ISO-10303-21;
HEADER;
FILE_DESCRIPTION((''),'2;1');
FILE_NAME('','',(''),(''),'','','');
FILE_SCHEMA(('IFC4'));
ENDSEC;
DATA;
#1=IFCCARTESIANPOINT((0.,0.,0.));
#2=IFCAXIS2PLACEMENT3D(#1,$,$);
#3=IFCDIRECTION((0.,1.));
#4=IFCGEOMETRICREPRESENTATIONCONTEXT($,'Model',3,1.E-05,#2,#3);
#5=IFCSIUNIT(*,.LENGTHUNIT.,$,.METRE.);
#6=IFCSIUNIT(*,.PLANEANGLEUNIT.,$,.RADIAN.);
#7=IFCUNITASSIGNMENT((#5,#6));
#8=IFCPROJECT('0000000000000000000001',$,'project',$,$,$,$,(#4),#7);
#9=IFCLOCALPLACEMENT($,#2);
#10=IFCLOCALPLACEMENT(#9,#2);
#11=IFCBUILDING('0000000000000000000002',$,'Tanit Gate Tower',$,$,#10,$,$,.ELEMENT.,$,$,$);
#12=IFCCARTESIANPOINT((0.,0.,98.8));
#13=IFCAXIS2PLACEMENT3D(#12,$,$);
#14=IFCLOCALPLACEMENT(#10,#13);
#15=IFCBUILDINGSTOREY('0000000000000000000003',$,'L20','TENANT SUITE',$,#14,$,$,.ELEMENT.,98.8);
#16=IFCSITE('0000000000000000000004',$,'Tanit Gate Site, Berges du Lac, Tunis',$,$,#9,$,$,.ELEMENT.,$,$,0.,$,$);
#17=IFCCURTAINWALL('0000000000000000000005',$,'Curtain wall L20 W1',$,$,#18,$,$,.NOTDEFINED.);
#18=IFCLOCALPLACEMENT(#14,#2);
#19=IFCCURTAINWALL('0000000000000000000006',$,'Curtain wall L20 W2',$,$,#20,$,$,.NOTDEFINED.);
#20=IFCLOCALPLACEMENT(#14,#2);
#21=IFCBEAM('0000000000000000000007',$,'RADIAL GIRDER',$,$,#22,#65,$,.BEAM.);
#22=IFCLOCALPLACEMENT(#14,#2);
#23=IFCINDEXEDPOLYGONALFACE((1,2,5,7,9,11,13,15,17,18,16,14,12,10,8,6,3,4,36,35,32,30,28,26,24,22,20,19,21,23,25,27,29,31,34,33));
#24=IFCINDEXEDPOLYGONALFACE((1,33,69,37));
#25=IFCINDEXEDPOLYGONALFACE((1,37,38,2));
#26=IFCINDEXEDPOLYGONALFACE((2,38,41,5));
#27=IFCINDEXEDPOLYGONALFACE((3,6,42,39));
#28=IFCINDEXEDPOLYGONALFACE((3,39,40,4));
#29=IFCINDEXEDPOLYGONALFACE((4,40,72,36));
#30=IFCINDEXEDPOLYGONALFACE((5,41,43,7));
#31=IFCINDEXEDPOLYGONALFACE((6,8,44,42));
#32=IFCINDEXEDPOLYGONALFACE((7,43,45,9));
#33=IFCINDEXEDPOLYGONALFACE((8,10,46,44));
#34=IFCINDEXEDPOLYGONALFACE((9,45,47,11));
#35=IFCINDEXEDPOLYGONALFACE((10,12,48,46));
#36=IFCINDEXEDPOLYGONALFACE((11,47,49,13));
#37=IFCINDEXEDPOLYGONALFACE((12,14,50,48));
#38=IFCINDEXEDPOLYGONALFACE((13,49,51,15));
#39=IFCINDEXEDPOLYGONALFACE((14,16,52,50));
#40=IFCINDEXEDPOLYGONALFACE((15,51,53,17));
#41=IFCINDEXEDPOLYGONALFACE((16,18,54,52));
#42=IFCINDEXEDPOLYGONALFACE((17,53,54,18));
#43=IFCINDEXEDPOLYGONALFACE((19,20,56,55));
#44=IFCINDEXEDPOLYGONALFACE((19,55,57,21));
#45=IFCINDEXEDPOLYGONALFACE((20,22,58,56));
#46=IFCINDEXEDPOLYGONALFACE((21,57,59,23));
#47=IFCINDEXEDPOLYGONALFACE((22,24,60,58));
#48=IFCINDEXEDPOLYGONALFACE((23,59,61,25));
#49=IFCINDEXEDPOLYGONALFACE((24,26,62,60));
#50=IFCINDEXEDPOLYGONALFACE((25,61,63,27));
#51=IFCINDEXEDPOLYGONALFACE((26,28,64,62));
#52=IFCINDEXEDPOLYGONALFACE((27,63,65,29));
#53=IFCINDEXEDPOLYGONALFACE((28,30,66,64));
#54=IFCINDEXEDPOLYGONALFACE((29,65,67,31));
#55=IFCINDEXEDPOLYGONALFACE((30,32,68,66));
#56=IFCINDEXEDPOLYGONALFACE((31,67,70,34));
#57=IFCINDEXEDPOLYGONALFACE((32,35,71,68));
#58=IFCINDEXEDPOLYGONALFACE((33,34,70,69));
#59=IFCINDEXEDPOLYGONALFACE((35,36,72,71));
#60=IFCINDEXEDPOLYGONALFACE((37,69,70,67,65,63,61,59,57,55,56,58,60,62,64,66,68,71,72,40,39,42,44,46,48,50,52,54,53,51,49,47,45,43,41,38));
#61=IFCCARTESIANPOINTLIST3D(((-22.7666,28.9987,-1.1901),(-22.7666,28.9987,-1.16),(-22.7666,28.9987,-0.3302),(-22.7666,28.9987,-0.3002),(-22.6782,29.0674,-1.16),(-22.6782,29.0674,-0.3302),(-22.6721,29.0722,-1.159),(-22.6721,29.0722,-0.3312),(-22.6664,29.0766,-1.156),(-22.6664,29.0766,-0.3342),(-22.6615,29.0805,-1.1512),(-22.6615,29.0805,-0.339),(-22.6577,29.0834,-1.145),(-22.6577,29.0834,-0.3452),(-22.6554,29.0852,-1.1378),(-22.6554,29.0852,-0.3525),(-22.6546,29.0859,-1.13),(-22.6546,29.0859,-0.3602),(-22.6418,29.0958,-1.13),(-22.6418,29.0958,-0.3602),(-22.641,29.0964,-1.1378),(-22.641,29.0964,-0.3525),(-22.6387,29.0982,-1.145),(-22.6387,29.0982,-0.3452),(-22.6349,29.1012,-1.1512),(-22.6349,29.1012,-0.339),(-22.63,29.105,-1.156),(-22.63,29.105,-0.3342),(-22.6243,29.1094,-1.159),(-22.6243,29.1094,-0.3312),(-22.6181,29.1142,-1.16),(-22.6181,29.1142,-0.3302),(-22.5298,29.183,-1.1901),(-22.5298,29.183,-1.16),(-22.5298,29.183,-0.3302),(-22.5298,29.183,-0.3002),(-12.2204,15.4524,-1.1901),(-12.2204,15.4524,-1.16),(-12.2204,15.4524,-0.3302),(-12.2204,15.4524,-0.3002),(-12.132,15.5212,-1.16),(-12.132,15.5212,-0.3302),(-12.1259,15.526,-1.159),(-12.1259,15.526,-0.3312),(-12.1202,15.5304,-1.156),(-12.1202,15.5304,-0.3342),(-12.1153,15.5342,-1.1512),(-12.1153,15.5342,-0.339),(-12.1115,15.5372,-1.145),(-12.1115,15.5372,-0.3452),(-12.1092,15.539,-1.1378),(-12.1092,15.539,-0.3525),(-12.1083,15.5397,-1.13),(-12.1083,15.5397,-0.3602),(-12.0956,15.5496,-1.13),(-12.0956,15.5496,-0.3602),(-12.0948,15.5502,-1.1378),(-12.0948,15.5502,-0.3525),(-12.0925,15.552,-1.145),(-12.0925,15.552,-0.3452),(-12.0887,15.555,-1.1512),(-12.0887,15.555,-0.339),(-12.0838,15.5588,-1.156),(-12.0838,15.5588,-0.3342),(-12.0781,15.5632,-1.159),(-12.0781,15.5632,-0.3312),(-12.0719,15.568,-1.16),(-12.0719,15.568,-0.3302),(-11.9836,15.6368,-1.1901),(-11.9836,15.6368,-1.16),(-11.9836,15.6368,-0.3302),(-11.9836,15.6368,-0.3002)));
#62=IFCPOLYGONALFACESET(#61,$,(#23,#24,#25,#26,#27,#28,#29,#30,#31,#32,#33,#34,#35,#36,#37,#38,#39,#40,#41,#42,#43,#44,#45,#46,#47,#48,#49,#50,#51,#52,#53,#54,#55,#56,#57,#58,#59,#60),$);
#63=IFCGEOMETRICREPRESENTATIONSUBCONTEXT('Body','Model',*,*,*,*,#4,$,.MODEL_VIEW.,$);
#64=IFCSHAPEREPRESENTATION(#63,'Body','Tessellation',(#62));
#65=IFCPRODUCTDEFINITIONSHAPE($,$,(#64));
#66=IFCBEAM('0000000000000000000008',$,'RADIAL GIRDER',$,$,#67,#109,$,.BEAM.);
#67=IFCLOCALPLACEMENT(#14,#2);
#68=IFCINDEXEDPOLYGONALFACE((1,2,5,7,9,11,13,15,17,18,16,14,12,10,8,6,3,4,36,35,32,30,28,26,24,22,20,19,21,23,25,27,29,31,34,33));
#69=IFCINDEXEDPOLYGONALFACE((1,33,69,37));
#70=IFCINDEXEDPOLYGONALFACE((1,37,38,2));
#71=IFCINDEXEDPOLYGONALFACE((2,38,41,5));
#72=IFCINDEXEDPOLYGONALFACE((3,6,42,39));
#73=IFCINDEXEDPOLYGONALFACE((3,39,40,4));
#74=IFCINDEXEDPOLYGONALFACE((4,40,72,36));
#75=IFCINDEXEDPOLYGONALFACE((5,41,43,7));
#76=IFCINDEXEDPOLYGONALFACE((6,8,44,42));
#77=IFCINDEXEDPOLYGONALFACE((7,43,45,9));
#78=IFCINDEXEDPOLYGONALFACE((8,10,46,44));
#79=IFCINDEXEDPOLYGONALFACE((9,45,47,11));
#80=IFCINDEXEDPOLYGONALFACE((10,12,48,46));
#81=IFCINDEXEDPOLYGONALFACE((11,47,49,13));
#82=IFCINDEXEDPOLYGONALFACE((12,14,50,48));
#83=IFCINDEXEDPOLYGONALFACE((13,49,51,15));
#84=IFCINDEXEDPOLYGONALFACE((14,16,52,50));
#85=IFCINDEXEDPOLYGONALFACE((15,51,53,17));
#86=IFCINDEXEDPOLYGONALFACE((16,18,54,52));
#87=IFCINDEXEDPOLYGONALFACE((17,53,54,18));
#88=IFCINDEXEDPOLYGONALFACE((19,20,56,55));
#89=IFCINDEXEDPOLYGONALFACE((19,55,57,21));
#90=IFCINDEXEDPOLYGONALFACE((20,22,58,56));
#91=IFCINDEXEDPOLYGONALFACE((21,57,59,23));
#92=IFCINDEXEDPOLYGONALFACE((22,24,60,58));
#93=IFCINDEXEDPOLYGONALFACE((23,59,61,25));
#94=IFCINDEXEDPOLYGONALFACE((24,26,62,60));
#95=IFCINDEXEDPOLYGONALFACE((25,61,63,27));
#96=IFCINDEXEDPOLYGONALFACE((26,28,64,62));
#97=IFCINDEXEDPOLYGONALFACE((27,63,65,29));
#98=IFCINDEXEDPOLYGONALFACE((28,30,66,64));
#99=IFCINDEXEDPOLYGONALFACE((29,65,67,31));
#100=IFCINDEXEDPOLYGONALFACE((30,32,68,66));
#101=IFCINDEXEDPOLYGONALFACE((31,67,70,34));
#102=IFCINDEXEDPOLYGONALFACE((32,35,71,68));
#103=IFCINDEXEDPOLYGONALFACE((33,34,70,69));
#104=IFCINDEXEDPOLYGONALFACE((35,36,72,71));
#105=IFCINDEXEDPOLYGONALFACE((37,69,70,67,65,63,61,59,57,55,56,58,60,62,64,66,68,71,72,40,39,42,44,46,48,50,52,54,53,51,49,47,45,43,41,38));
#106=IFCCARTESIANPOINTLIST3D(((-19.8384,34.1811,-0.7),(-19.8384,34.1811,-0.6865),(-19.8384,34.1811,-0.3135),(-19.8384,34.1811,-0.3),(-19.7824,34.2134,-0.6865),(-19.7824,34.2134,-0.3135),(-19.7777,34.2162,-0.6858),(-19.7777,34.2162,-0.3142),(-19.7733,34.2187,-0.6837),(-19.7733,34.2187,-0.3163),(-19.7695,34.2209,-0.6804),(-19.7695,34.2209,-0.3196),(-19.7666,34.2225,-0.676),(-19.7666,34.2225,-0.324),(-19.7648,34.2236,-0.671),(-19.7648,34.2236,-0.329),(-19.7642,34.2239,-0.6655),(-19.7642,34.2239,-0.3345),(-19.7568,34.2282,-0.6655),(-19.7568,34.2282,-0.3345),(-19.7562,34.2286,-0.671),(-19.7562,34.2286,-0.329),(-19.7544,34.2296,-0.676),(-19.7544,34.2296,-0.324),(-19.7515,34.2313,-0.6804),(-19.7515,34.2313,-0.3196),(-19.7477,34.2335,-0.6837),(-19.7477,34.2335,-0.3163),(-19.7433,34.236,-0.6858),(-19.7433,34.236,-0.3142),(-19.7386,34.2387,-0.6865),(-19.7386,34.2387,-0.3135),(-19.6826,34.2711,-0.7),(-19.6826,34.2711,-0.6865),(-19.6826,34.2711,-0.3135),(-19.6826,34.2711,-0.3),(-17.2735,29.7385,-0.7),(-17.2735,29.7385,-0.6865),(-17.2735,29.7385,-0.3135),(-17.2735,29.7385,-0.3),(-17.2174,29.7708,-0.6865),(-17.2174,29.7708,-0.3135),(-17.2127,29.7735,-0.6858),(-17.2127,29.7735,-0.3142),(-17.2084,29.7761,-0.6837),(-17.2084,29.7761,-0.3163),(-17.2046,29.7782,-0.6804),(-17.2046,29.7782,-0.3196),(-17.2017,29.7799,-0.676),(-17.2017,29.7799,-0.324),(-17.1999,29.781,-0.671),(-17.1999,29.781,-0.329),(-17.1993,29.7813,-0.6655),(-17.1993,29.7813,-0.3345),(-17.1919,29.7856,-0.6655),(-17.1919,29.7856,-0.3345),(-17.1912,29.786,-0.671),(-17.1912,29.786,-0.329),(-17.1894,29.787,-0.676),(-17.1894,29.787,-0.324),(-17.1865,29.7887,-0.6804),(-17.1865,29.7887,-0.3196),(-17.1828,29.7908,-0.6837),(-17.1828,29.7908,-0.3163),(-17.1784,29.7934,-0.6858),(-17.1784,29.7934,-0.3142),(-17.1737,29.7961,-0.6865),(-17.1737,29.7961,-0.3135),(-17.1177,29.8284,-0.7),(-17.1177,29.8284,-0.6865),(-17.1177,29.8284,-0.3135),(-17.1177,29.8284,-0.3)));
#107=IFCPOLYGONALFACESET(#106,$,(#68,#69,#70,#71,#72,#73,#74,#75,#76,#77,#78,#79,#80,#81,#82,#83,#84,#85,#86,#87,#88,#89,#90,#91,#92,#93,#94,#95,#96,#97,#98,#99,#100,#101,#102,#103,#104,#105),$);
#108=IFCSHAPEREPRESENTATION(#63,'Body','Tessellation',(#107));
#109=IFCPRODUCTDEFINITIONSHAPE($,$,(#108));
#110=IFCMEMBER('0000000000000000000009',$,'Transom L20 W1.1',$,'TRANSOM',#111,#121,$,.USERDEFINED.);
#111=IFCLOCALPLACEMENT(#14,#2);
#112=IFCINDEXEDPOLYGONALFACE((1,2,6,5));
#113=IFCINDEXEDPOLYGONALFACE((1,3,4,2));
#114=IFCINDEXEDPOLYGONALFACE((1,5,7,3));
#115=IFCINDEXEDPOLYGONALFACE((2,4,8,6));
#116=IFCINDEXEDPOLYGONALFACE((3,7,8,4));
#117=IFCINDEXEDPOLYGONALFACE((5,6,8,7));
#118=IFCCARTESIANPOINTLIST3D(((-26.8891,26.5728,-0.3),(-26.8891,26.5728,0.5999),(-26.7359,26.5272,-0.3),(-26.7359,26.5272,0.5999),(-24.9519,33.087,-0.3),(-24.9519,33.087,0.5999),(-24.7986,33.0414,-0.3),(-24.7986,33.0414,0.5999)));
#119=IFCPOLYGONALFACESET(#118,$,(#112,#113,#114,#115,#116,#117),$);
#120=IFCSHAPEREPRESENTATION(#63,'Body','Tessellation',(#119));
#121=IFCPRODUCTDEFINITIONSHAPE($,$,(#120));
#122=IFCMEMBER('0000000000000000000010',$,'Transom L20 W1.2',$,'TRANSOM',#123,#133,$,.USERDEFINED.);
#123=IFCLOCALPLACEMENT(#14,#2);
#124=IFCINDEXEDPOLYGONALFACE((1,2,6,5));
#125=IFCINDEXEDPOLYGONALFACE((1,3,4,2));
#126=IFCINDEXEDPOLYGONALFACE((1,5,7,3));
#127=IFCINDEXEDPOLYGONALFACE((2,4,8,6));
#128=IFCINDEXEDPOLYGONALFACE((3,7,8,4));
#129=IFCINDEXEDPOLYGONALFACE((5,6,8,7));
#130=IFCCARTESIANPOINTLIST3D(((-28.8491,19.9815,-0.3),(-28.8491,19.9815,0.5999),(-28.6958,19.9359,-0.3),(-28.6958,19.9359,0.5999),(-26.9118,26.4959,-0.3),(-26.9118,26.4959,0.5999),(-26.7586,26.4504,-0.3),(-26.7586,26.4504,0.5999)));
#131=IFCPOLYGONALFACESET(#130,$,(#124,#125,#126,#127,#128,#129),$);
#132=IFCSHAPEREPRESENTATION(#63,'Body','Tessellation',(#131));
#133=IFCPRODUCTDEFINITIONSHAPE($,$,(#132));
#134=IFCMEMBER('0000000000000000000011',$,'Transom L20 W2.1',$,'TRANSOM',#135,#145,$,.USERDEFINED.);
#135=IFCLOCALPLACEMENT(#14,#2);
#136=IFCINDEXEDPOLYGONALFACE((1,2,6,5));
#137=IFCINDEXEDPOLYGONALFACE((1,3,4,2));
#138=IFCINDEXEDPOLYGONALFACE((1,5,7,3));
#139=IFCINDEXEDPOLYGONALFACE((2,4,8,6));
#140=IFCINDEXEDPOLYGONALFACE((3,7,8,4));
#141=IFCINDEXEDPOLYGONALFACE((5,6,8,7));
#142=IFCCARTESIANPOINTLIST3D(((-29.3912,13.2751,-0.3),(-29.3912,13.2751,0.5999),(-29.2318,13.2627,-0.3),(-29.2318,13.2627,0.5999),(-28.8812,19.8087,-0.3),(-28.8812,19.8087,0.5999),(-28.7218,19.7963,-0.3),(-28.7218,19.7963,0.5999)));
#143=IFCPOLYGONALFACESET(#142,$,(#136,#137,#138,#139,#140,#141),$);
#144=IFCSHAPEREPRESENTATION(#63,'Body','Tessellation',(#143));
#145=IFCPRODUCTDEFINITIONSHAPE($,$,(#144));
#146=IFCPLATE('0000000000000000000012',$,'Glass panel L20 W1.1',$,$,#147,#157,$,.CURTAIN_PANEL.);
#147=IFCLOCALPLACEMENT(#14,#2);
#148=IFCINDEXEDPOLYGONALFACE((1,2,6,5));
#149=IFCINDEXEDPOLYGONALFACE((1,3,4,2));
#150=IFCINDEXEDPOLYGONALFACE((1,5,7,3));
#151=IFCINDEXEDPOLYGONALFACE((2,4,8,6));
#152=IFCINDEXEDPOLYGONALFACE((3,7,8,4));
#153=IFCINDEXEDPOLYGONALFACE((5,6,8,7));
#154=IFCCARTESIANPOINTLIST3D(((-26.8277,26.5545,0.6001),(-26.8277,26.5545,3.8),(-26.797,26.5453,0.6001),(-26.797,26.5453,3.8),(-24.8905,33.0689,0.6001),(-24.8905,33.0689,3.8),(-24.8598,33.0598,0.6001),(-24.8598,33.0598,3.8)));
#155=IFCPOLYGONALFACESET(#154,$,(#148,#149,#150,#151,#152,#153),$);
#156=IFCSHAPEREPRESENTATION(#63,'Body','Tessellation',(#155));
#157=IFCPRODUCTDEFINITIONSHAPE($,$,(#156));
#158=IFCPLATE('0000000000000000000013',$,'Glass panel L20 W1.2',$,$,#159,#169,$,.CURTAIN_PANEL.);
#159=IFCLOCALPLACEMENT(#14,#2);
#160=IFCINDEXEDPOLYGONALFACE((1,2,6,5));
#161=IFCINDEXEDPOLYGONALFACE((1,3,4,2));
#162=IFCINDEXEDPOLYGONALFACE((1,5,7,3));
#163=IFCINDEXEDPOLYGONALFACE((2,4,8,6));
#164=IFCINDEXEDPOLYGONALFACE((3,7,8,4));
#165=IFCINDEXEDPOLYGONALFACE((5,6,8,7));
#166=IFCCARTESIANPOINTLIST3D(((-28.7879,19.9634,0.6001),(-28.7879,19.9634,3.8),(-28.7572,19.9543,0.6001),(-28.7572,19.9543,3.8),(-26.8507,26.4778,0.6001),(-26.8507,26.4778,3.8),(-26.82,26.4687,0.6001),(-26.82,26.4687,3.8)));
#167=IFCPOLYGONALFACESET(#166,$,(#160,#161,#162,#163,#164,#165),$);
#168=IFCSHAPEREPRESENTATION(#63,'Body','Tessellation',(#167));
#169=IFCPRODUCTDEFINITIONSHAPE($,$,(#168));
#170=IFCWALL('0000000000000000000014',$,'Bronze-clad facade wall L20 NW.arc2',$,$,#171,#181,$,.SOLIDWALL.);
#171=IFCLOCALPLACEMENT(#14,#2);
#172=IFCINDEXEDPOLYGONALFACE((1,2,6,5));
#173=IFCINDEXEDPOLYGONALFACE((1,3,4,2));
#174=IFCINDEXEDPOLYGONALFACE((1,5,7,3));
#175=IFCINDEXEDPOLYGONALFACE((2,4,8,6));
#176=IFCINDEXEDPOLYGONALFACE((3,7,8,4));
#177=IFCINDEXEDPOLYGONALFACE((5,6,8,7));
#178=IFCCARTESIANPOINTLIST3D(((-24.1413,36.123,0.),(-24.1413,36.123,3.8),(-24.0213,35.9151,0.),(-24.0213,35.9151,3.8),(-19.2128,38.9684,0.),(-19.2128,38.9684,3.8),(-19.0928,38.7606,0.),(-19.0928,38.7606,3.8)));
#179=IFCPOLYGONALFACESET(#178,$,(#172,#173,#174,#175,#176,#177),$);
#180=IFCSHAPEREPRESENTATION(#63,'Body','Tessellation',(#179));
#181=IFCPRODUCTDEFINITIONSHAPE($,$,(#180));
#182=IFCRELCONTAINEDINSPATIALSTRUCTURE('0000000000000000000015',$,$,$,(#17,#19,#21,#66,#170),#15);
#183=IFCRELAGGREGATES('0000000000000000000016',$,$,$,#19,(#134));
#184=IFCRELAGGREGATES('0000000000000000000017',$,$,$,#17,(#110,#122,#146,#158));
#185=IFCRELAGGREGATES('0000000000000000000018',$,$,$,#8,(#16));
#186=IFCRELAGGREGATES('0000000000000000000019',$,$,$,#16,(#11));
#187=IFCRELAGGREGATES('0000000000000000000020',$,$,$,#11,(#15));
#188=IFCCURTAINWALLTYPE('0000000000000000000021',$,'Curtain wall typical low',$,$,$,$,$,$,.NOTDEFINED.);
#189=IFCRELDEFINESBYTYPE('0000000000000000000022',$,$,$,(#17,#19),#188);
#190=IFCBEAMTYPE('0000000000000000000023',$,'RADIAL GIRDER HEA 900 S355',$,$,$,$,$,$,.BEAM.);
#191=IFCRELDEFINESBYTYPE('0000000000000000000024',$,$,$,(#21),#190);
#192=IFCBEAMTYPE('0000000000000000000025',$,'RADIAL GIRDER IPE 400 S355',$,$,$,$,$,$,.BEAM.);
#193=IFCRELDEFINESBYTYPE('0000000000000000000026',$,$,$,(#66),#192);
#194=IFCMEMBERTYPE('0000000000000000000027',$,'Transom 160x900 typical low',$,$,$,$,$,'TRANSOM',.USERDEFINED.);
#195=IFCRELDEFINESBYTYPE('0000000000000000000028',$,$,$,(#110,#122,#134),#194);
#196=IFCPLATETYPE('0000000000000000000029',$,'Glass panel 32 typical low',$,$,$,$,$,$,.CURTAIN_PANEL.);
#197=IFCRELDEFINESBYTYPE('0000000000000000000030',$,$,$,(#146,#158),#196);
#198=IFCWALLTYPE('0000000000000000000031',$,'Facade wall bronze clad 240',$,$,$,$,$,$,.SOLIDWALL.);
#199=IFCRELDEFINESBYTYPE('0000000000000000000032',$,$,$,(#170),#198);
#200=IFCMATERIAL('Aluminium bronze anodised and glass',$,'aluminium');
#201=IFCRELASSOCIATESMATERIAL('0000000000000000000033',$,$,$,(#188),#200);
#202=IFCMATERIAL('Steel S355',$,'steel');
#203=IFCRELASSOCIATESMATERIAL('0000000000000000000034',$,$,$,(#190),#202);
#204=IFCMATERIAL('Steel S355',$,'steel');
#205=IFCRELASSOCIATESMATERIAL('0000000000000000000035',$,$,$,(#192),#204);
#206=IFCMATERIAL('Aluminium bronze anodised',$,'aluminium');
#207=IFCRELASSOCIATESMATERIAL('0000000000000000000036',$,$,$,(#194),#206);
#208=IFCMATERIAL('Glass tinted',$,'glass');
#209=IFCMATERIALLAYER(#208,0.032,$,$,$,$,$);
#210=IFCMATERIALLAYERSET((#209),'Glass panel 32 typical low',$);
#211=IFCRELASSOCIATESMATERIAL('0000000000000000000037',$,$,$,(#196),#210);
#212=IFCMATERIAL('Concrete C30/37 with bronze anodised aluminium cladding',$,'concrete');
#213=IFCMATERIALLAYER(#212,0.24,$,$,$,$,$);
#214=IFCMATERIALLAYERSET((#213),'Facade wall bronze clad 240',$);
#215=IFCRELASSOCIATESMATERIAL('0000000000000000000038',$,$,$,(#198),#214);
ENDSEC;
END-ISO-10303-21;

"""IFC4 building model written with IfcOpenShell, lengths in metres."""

from ifc_helpers import new_model, si_unit, direction, frame, frame_2d, origin, origin_2d, place, context, subcontext, project, spatial, rectangle, i_section, extrude, material, layer, layer_set, material_profile, profile_set, type_object, element, aggregate, save


model = new_model("IFC4")

# Units and contexts
model_context = context("Model", 3, precision=1e-05, world=origin(), true_north=direction((0.0, 1.0)))
body_context = subcontext(model_context, "Body", "Model", "MODEL_VIEW")
ifc_project = project(units=[si_unit("LENGTHUNIT", "METRE"), si_unit("PLANEANGLEUNIT", "RADIAN")], contexts=[model_context])

# Site, building, storey
site_placement = place(None, origin())
site = spatial("IfcSite", under=ifc_project, at=site_placement, Name="Tanit Gate Site, Berges du Lac, Tunis", CompositionType="ELEMENT", RefElevation=0.0)
building_placement = place(site_placement, origin())
building = spatial("IfcBuilding", under=site, at=building_placement, Name="Tanit Gate Tower", CompositionType="ELEMENT")
storey_placement = place(building_placement, frame((0.0, 0.0, 98.8)))
storey = spatial("IfcBuildingStorey", under=building, at=storey_placement, Name="L20", Description="TENANT SUITE", CompositionType="ELEMENT", Elevation=98.8)

# Curtain walls
ifc_material_1 = material(Name="Aluminium bronze anodised and glass", Category="aluminium")
curtain_wall_type = type_object("IfcCurtainWallType", Name="Curtain wall typical low", PredefinedType="NOTDEFINED", material=ifc_material_1)
curtain_wall_1_placement = place(storey_placement, origin())
curtain_wall_1 = element("IfcCurtainWall", 1, at=curtain_wall_1_placement, inside=storey, type_object=curtain_wall_type, Name="Curtain wall L20 W1", PredefinedType="NOTDEFINED")
curtain_wall_2_placement = place(storey_placement, origin())
curtain_wall_2 = element("IfcCurtainWall", 2, at=curtain_wall_2_placement, inside=storey, type_object=curtain_wall_type, Name="Curtain wall L20 W2", PredefinedType="NOTDEFINED")

# Beams
ifc_material_2 = material(Name="Steel S355", Category="steel")
ifc_material_profile_1 = material_profile(ifc_material_2, i_section(OverallWidth=0.3, OverallDepth=0.8899, WebThickness=0.0161, FlangeThickness=0.03, FilletRadius=0.03, at=origin_2d()), Name="HEA 900")
ifc_profile_set_1 = profile_set([ifc_material_profile_1], Name="Steel S355")
beam_type_1 = type_object("IfcBeamType", Name="RADIAL GIRDER HEA 900 S355", PredefinedType="BEAM", material=ifc_profile_set_1)
beam_1_placement = place(storey_placement, frame((-22.6482, 29.0908, -0.7451), z_axis=(0.614313, -0.789063, 0.0), x_axis=(0.789063, 0.614313, 0.0)))
element("IfcBeam", 3, at=beam_1_placement, inside=storey, type_object=beam_type_1, Name="RADIAL GIRDER", PredefinedType="BEAM", context=body_context, shape_type="SweptSolid", body=[
    extrude(i_section(OverallWidth=0.3, OverallDepth=0.8899, WebThickness=0.0161, FlangeThickness=0.03, FilletRadius=0.03, at=origin_2d()), origin(), (0.0, 0.0, 1.0), 17.1675),
])
ifc_material_3 = material(Name="Steel S355", Category="steel")
ifc_material_profile_2 = material_profile(ifc_material_3, i_section(OverallWidth=0.1799, OverallDepth=0.3999, WebThickness=0.0085, FlangeThickness=0.0134, FilletRadius=0.021, at=origin_2d()), Name="IPE 400")
ifc_profile_set_2 = profile_set([ifc_material_profile_2], Name="Steel S355")
beam_type_2 = type_object("IfcBeamType", Name="RADIAL GIRDER IPE 400 S355", PredefinedType="BEAM", material=ifc_profile_set_2)
beam_2_placement = place(storey_placement, frame((-19.7605, 34.2261, -0.5), z_axis=(0.499998, -0.866026, 0.0), x_axis=(0.866026, 0.499998, 0.0)))
element("IfcBeam", 4, at=beam_2_placement, inside=storey, type_object=beam_type_2, Name="RADIAL GIRDER", PredefinedType="BEAM", context=body_context, shape_type="SweptSolid", body=[
    extrude(i_section(OverallWidth=0.1799, OverallDepth=0.3999, WebThickness=0.0085, FlangeThickness=0.0134, FilletRadius=0.021, at=origin_2d()), origin(), (0.0, 0.0, 1.0), 5.1299),
])

# Members
ifc_material_4 = material(Name="Aluminium bronze anodised", Category="aluminium")
ifc_material_profile_3 = material_profile(ifc_material_4, rectangle(XDim=0.1599, YDim=0.8999, at=origin_2d()), Name="160x900 bronze transom")
ifc_profile_set_3 = profile_set([ifc_material_profile_3], Name="Aluminium bronze anodised")
member_type_1 = type_object("IfcMemberType", Name="Transom 160x900 typical low", ElementType="TRANSOM", PredefinedType="USERDEFINED", material=ifc_profile_set_3)
member_1_placement = place(storey_placement, frame((-24.8752, 33.0642, 0.1499), z_axis=(-0.285053, -0.958512, 0.0), x_axis=(0.958512, -0.285053, 0.0)))
member_1 = element("IfcMember", 5, at=member_1_placement, type_object=member_type_1, Name="Transom L20 W1.1", ObjectType="TRANSOM", PredefinedType="USERDEFINED", context=body_context, shape_type="SweptSolid", body=[
    extrude(rectangle(XDim=0.1599, YDim=0.8999, at=origin_2d()), origin(), (0.0, 0.0, 1.0), 6.7961),
])
member_2_placement = place(storey_placement, frame((-26.8352, 26.4731, 0.1499), z_axis=(-0.285043, -0.958515, 0.0), x_axis=(0.958515, -0.285043, 0.0)))
member_2 = element("IfcMember", 6, at=member_2_placement, type_object=member_type_1, Name="Transom L20 W1.2", ObjectType="TRANSOM", PredefinedType="USERDEFINED", context=body_context, shape_type="SweptSolid", body=[
    extrude(rectangle(XDim=0.1599, YDim=0.8999, at=origin_2d()), origin(), (0.0, 0.0, 1.0), 6.7964),
])
member_3_placement = place(storey_placement, frame((-28.8015, 19.8025, 0.1499), z_axis=(-0.077822, -0.996967, 0.0), x_axis=(0.996967, -0.077822, 0.0)))
member_3 = element("IfcMember", 7, at=member_3_placement, type_object=member_type_1, Name="Transom L20 W2.1", ObjectType="TRANSOM", PredefinedType="USERDEFINED", context=body_context, shape_type="SweptSolid", body=[
    extrude(rectangle(XDim=0.1599, YDim=0.8999, at=origin_2d()), origin(), (0.0, 0.0, 1.0), 6.5535),
])
aggregate(curtain_wall_2, [member_3])

# Plates
ifc_material_5 = material(Name="Glass tinted", Category="glass")
ifc_layer_1 = layer(ifc_material_5, 0.032)
ifc_layer_set_1 = layer_set([ifc_layer_1], Name="Glass panel 32 typical low")
plate_type = type_object("IfcPlateType", Name="Glass panel 32 typical low", PredefinedType="CURTAIN_PANEL", material=ifc_layer_set_1)
plate_1_placement = place(storey_placement, frame((-25.8438, 29.8071, 0.6001), z_axis=(0.0, 0.0, 1.0), x_axis=(-0.285037, -0.958517, 0.0)))
plate_1 = element("IfcPlate", 8, at=plate_1_placement, type_object=plate_type, Name="Glass panel L20 W1.1", PredefinedType="CURTAIN_PANEL", context=body_context, shape_type="SweptSolid", body=[
    extrude(rectangle(XDim=6.7964, YDim=0.032, at=origin_2d()), origin(), (0.0, 0.0, 1.0), 3.2),
])
plate_2_placement = place(storey_placement, frame((-27.804, 23.2161, 0.6001), z_axis=(0.0, 0.0, 1.0), x_axis=(-0.285037, -0.958517, 0.0)))
plate_2 = element("IfcPlate", 9, at=plate_2_placement, type_object=plate_type, Name="Glass panel L20 W1.2", PredefinedType="CURTAIN_PANEL", context=body_context, shape_type="SweptSolid", body=[
    extrude(rectangle(XDim=6.7964, YDim=0.032, at=origin_2d()), origin(), (0.0, 0.0, 1.0), 3.2),
])
aggregate(curtain_wall_1, [member_1, member_2, plate_1, plate_2])

# Wall
ifc_material_6 = material(Name="Concrete C30/37 with bronze anodised aluminium cladding", Category="concrete")
ifc_layer_2 = layer(ifc_material_6, 0.24)
ifc_layer_set_2 = layer_set([ifc_layer_2], Name="Facade wall bronze clad 240")
wall_type_1 = type_object("IfcWallType", Name="Facade wall bronze clad 240", PredefinedType="SOLIDWALL", material=ifc_layer_set_2)
wall_1_placement = place(storey_placement, frame((-19.1528, 38.8645, 0.0), z_axis=(0.0, 0.0, 1.0), x_axis=(-0.866025, -0.500001, 0.0)))
element("IfcWall", 10, at=wall_1_placement, inside=storey, type_object=wall_type_1, Name="Bronze-clad facade wall L20 NW.arc2", PredefinedType="SOLIDWALL", context=body_context, shape_type="SweptSolid", body=[
    extrude(rectangle(XDim=5.6909, YDim=0.24, at=frame_2d((2.8455, 0.0))), origin(), (0.0, 0.0, 1.0), 3.8),
])

save(model, "model.ifc")
